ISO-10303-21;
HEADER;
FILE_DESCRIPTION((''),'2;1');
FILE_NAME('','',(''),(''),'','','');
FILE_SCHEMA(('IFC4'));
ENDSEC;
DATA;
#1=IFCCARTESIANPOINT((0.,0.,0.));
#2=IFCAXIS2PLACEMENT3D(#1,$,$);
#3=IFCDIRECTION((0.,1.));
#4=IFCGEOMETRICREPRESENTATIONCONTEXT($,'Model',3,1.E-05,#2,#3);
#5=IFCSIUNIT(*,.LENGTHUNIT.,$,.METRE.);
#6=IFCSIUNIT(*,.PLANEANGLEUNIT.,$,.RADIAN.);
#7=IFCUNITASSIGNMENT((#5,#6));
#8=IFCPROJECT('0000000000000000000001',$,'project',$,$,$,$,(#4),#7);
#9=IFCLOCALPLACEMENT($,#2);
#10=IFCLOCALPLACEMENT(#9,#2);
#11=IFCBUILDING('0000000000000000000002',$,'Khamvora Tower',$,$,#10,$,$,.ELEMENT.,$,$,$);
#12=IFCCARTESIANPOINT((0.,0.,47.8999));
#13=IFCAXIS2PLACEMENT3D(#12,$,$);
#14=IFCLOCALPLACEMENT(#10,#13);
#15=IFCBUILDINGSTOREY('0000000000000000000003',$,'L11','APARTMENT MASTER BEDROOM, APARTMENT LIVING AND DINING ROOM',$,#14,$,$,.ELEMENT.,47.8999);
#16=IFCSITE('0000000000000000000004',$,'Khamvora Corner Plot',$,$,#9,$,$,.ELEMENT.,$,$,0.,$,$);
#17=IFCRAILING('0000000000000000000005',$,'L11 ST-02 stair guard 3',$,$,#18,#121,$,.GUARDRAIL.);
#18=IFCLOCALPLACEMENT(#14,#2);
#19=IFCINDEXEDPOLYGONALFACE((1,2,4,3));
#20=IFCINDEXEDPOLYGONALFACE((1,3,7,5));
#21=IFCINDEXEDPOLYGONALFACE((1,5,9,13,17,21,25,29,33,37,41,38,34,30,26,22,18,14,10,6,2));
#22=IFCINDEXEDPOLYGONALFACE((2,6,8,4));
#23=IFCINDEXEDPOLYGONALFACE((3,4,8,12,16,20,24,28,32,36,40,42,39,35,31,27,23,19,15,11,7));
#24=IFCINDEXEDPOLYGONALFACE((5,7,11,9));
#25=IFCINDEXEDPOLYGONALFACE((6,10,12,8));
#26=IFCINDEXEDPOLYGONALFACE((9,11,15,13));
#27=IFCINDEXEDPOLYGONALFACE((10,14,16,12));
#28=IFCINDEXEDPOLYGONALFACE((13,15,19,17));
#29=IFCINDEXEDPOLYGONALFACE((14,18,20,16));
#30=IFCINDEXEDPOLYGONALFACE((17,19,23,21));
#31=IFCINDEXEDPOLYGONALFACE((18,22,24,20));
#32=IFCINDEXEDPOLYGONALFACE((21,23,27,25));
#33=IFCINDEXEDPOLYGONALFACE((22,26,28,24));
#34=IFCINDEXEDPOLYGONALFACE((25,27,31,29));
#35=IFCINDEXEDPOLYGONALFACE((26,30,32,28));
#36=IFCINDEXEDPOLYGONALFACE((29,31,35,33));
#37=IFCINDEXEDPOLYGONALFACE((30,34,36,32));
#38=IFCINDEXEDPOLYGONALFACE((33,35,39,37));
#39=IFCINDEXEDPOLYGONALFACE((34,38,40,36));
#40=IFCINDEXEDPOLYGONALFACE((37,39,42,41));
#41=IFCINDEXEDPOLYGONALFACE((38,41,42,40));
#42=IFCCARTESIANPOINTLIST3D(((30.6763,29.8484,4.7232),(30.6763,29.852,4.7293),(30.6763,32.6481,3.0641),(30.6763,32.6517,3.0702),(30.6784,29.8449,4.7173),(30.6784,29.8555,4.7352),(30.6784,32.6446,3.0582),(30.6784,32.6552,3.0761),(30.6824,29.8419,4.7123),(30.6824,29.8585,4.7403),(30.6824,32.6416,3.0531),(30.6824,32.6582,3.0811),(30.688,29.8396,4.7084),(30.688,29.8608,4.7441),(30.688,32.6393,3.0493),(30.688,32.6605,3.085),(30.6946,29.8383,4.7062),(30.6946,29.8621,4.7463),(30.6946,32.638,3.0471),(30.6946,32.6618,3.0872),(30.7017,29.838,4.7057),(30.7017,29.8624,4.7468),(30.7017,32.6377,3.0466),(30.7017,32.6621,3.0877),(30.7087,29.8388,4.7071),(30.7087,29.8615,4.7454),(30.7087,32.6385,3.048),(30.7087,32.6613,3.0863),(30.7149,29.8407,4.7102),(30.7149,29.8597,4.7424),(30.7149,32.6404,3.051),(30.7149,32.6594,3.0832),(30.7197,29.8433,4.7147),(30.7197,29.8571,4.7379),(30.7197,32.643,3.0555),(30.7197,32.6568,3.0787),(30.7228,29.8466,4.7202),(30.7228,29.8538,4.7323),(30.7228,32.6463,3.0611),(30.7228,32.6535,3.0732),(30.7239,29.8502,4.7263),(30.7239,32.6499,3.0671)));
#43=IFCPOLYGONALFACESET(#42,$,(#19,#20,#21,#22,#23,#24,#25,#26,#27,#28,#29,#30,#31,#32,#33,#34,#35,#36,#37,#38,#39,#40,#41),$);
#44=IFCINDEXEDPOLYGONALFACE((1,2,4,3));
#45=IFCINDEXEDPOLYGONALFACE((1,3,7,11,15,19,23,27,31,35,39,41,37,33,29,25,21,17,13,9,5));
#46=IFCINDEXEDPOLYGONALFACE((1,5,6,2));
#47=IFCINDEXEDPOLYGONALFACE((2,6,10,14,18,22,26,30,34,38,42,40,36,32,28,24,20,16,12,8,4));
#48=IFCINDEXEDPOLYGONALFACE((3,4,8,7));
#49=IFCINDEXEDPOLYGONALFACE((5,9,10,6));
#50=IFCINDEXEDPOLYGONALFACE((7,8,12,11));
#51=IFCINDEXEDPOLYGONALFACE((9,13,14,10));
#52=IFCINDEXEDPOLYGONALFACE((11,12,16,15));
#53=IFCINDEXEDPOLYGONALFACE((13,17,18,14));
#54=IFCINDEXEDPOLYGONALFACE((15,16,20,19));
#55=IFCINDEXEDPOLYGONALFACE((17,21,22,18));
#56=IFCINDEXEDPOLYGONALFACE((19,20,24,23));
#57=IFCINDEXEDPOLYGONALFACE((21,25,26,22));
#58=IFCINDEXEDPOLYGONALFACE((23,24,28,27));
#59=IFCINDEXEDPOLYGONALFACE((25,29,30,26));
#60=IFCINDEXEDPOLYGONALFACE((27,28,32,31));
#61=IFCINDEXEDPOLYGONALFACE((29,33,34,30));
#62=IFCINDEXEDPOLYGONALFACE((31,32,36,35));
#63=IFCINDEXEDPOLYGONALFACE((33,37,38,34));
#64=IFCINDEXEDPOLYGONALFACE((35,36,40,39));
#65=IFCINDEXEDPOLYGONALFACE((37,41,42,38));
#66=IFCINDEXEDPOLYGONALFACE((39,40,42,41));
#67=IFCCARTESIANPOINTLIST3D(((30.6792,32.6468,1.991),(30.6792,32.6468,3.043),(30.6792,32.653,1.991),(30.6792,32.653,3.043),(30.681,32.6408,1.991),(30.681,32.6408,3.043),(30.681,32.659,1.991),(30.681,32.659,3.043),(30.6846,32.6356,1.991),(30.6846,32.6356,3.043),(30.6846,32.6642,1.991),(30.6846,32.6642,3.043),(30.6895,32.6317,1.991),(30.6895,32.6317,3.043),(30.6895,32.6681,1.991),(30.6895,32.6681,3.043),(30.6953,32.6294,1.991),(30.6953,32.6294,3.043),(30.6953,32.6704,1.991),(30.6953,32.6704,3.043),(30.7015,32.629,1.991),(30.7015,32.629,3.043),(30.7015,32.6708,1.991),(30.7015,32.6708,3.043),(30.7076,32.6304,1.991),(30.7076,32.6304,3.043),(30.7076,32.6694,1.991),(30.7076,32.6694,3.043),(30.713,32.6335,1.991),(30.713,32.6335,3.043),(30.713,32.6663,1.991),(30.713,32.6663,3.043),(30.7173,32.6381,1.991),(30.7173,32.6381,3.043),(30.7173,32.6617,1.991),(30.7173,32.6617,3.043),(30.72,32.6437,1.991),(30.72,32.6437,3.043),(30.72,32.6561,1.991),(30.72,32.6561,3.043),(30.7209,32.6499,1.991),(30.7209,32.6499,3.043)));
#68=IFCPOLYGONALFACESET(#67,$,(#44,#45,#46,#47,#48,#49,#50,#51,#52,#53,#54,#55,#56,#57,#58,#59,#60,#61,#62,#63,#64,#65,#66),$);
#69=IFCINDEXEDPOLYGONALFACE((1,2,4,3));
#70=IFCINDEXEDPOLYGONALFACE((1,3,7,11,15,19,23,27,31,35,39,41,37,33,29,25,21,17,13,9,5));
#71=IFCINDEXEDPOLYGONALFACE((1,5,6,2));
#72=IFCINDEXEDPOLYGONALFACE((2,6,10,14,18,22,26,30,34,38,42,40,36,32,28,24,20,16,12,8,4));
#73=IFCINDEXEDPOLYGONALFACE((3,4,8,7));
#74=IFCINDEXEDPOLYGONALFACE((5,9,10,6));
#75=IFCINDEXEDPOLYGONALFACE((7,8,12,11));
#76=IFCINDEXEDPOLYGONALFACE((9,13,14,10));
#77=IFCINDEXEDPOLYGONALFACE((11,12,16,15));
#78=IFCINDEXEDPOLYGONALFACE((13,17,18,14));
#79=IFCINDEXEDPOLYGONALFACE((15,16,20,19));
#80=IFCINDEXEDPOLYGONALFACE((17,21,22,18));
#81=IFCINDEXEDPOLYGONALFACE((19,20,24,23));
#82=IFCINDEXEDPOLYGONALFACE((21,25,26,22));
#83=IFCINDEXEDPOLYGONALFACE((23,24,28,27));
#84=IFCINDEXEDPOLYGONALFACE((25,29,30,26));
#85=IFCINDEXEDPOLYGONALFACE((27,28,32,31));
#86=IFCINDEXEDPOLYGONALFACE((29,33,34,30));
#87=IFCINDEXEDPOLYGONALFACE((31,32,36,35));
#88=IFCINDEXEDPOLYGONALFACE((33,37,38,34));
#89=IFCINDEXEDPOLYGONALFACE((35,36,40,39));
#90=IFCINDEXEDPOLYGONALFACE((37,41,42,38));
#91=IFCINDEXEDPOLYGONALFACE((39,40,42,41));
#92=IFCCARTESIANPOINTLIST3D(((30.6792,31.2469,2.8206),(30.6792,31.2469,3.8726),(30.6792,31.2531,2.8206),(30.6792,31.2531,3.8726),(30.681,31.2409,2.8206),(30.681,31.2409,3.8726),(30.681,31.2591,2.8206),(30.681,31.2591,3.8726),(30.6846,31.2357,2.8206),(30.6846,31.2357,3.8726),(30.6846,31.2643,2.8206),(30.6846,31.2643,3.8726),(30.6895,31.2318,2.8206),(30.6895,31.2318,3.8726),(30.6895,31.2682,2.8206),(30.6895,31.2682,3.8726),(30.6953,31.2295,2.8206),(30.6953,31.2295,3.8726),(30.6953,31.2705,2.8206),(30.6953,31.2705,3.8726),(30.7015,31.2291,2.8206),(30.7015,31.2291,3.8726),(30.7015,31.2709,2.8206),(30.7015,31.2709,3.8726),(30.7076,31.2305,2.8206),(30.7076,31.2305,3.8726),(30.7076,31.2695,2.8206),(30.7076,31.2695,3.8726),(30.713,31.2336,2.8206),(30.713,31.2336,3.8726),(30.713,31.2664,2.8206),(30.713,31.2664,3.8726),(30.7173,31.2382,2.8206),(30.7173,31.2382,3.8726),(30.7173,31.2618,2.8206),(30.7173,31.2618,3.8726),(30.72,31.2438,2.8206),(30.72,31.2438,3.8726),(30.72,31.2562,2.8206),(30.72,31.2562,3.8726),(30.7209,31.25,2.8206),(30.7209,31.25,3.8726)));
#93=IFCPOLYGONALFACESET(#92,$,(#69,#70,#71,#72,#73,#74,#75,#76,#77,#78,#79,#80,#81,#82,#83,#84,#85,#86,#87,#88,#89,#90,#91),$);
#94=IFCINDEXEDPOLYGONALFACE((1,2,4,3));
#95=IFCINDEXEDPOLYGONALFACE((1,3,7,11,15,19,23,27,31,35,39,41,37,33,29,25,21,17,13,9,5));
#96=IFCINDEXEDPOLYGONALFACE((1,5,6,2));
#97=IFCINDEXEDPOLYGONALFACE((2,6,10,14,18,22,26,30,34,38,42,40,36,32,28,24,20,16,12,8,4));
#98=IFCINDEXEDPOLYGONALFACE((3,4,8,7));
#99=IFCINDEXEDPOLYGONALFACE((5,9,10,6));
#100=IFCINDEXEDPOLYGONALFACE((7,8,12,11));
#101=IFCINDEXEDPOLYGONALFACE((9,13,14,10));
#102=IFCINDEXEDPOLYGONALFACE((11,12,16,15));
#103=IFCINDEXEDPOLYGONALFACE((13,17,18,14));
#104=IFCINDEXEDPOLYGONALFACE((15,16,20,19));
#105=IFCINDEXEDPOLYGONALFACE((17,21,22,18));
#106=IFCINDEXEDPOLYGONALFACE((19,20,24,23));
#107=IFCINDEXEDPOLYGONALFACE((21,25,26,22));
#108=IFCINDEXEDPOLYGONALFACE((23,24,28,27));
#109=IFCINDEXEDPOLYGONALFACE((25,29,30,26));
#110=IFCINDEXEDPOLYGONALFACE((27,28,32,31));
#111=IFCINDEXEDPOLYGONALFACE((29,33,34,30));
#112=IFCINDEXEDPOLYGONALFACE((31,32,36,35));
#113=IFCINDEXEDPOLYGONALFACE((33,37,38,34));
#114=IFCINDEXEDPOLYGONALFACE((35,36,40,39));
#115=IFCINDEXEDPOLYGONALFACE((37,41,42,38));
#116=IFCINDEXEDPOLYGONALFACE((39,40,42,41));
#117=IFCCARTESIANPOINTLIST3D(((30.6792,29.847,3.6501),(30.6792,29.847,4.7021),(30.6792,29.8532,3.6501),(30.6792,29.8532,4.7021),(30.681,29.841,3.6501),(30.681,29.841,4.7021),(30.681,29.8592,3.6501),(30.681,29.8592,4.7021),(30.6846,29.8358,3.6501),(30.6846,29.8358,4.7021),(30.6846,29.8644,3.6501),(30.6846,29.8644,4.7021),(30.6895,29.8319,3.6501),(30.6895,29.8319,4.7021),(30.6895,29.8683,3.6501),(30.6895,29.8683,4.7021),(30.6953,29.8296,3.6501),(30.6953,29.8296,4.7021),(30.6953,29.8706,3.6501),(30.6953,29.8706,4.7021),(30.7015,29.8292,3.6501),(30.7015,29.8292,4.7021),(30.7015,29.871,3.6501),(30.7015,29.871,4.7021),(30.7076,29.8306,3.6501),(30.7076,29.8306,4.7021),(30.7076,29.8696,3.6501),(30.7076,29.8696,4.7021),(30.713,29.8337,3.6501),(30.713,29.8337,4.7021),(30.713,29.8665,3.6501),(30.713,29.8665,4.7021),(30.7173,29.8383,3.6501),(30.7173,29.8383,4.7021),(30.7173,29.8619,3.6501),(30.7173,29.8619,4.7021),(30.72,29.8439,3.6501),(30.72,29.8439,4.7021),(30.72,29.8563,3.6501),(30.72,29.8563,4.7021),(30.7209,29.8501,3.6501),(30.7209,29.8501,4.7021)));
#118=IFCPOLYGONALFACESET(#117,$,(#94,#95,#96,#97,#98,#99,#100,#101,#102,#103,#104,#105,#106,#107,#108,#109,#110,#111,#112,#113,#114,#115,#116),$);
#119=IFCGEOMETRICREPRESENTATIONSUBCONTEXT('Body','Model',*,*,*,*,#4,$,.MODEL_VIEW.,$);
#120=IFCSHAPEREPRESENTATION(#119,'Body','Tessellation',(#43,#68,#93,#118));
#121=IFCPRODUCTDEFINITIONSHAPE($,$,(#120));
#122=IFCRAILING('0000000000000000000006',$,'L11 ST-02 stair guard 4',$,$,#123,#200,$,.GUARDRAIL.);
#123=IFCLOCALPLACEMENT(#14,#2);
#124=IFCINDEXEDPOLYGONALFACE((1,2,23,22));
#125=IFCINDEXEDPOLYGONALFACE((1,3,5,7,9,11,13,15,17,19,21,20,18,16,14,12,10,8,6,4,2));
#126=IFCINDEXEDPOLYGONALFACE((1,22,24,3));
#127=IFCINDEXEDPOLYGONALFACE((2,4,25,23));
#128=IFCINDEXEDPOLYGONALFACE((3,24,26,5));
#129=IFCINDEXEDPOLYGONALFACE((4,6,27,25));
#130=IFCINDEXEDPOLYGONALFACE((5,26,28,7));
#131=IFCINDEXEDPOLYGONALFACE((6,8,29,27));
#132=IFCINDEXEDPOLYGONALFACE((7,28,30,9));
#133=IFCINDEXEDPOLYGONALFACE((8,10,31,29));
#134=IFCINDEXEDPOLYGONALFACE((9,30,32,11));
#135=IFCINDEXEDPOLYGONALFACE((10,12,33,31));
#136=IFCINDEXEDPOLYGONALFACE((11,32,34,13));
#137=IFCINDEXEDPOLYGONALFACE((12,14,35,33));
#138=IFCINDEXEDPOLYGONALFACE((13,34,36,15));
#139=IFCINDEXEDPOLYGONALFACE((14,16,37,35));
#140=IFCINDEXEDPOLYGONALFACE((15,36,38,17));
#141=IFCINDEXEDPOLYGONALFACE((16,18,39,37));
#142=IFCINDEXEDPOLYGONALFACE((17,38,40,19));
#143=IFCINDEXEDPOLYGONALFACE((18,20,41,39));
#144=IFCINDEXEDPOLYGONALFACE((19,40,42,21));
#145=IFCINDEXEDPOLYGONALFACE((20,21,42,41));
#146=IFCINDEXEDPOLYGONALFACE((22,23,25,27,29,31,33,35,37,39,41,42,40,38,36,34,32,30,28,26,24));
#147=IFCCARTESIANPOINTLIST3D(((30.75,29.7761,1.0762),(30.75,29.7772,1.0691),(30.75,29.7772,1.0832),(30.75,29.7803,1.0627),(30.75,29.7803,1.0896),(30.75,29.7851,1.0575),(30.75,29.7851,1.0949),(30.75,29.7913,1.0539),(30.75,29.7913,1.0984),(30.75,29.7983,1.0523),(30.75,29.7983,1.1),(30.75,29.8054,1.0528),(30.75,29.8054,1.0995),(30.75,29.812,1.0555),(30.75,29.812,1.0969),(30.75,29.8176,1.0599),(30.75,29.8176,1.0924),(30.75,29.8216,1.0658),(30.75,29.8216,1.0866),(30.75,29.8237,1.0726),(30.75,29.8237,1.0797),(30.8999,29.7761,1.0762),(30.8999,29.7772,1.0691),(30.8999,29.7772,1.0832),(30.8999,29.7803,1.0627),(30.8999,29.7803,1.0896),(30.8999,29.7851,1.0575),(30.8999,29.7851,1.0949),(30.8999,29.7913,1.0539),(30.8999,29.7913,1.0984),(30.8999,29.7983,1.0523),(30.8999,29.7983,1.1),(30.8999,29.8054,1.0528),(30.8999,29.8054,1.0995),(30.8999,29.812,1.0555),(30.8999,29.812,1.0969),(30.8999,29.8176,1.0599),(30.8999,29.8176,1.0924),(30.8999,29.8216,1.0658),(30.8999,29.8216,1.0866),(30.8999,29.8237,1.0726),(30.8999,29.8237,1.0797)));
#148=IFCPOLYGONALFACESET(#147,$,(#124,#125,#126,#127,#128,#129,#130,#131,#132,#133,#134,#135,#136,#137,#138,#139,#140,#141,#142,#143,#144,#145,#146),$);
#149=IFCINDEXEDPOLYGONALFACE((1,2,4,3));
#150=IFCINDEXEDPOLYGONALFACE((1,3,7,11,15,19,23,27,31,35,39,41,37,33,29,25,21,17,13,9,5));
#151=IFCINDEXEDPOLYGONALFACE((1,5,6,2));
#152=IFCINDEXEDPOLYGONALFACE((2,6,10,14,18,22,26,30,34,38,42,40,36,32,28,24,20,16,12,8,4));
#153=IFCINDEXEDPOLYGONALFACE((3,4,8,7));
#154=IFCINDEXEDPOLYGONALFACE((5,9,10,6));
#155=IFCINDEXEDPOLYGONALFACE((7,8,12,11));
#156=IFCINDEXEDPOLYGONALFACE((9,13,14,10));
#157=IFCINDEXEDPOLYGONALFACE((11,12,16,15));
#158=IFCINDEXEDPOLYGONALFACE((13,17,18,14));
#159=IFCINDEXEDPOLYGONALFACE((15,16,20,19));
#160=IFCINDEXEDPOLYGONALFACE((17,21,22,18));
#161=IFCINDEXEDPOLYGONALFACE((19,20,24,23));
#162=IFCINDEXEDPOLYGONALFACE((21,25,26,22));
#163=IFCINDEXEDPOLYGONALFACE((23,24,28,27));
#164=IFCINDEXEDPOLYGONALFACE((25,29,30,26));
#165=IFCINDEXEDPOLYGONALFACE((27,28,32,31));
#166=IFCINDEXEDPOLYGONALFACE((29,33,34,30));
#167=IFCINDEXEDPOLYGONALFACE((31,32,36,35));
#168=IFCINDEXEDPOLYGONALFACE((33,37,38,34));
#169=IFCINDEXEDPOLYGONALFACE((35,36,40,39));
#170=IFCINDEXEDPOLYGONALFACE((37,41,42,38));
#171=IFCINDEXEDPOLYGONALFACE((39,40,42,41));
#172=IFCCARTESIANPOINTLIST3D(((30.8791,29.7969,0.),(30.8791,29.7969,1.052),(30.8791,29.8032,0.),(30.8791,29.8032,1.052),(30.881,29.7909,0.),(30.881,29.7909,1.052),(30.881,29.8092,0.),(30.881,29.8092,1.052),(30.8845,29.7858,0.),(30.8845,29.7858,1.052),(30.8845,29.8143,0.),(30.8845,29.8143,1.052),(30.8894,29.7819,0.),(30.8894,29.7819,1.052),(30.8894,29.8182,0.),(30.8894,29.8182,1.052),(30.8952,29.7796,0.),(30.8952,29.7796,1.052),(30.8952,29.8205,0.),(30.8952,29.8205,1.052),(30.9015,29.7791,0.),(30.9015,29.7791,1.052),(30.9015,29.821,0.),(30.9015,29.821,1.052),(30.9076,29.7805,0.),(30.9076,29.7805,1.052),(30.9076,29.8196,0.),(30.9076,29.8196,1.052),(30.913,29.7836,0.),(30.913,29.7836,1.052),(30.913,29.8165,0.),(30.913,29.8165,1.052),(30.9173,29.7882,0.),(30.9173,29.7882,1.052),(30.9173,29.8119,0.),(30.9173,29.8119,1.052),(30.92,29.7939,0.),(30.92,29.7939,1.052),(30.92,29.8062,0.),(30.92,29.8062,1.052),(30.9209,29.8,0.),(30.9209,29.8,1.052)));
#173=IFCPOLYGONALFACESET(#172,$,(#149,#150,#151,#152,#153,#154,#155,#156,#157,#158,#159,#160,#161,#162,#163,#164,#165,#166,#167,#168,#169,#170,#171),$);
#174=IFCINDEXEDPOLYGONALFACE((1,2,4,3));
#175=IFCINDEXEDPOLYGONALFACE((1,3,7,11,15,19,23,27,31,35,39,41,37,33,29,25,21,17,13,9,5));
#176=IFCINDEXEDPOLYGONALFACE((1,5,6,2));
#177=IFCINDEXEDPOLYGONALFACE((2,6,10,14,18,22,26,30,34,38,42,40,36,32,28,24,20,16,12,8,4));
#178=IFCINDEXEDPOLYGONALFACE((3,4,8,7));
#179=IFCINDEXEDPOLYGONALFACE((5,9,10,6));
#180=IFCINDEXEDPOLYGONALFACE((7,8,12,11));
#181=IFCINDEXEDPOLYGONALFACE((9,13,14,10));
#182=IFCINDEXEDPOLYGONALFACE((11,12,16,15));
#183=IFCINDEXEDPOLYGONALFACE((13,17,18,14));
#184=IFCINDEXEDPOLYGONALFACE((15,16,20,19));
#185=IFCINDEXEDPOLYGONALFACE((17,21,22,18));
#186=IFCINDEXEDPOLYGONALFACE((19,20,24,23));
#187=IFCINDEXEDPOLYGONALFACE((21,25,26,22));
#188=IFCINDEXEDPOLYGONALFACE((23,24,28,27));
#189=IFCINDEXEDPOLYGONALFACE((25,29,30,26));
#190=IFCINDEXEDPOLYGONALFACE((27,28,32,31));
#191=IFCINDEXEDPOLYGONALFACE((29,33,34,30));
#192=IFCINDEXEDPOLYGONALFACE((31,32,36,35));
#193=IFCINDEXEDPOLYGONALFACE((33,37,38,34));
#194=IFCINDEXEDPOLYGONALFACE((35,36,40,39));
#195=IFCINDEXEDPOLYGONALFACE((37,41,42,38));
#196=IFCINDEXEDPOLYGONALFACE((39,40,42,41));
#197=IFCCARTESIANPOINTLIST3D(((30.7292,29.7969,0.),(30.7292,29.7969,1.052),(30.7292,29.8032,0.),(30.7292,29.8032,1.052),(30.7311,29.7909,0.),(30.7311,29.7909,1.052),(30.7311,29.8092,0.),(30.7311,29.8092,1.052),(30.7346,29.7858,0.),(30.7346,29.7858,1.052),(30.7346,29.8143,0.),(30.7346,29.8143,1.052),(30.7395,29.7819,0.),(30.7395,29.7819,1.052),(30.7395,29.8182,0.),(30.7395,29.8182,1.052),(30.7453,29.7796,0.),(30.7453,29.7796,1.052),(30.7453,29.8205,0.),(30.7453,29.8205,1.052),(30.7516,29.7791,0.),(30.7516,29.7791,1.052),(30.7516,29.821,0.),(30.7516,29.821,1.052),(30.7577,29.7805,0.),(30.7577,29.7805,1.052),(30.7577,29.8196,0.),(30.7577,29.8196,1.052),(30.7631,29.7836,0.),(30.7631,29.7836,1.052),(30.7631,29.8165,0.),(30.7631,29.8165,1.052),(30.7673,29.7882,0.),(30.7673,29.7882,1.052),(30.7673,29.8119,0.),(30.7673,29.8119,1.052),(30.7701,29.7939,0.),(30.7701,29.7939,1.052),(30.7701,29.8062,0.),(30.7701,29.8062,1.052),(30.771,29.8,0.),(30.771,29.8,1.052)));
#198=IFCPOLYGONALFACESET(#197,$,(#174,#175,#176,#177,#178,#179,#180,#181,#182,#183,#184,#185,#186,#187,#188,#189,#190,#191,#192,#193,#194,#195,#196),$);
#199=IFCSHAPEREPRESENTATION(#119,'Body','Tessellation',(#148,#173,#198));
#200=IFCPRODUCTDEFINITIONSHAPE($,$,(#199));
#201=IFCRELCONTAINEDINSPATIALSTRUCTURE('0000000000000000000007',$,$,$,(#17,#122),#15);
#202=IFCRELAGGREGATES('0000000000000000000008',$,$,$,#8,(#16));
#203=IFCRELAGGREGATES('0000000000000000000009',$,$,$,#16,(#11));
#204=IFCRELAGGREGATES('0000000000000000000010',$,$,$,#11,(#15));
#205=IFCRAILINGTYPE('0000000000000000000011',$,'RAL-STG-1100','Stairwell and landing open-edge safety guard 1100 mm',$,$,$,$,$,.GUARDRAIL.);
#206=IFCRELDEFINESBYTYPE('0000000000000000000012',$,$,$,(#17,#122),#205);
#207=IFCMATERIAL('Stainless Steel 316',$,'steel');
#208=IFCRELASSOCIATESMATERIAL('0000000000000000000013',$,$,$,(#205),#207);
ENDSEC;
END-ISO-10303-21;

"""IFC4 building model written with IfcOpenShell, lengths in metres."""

from ifc_helpers import new_model, si_unit, direction, frame, origin, origin_2d, place, context, subcontext, project, spatial, circle, extrude, material, type_object, element, save


model = new_model("IFC4")

# Units and contexts
model_context = context("Model", 3, precision=1e-05, world=origin(), true_north=direction((0.0, 1.0)))
body_context = subcontext(model_context, "Body", "Model", "MODEL_VIEW")
ifc_project = project(units=[si_unit("LENGTHUNIT", "METRE"), si_unit("PLANEANGLEUNIT", "RADIAN")], contexts=[model_context])

# Site, building, storey
site_placement = place(None, origin())
site = spatial("IfcSite", under=ifc_project, at=site_placement, Name="Khamvora Corner Plot", CompositionType="ELEMENT", RefElevation=0.0)
building_placement = place(site_placement, origin())
building = spatial("IfcBuilding", under=site, at=building_placement, Name="Khamvora Tower", CompositionType="ELEMENT")
storey_placement = place(building_placement, frame((0.0, 0.0, 47.8999)))
storey = spatial("IfcBuildingStorey", under=building, at=storey_placement, Name="L11", Description="APARTMENT MASTER BEDROOM, APARTMENT LIVING AND DINING ROOM", CompositionType="ELEMENT", Elevation=47.8999)

# Railings
ifc_material_1 = material(Name="Stainless Steel 316", Category="steel")
railing_type_1 = type_object("IfcRailingType", Name="RAL-STG-1100", Description="Stairwell and landing open-edge safety guard 1100 mm", PredefinedType="GUARDRAIL", material=ifc_material_1)
railing_1_placement = place(storey_placement, frame((30.7, 32.6499, 1.991)))
element("IfcRailing", 1, at=railing_1_placement, inside=storey, type_object=railing_type_1, Name="L11 ST-02 stair guard 3", PredefinedType="GUARDRAIL", context=body_context, shape_type="SweptSolid", body=[
    extrude(circle(Radius=0.0239, at=origin_2d()), frame((0.0, 0.0, 1.0762), z_axis=(0.0, -0.860287, 0.509811), x_axis=(1.0, 0.0, 0.0)), (0.0, 0.0, 1.0), 3.2544),
    extrude(circle(Radius=0.021, at=origin_2d()), origin(), (0.0, 0.0, 1.0), 1.052),
    extrude(circle(Radius=0.021, at=origin_2d()), frame((0.0, -1.3999, 0.8296)), (0.0, 0.0, 1.0), 1.052),
    extrude(circle(Radius=0.021, at=origin_2d()), frame((0.0, -2.7998, 1.6592)), (0.0, 0.0, 1.0), 1.052),
])
railing_2_placement = place(storey_placement, frame((30.8999, 29.8, 0.0)))
element("IfcRailing", 2, at=railing_2_placement, inside=storey, type_object=railing_type_1, Name="L11 ST-02 stair guard 4", PredefinedType="GUARDRAIL", context=body_context, shape_type="SweptSolid", body=[
    extrude(circle(Radius=0.0239, at=origin_2d()), frame((0.0, 0.0, 1.0762), z_axis=(-1.0, 0.0, 0.0), x_axis=(0.0, -1.0, 0.0)), (0.0, 0.0, 1.0), 0.1499),
    extrude(circle(Radius=0.021, at=origin_2d()), origin(), (0.0, 0.0, 1.0), 1.052),
    extrude(circle(Radius=0.021, at=origin_2d()), frame((-0.1499, 0.0, 0.0)), (0.0, 0.0, 1.0), 1.052),
])

save(model, "model.ifc")
